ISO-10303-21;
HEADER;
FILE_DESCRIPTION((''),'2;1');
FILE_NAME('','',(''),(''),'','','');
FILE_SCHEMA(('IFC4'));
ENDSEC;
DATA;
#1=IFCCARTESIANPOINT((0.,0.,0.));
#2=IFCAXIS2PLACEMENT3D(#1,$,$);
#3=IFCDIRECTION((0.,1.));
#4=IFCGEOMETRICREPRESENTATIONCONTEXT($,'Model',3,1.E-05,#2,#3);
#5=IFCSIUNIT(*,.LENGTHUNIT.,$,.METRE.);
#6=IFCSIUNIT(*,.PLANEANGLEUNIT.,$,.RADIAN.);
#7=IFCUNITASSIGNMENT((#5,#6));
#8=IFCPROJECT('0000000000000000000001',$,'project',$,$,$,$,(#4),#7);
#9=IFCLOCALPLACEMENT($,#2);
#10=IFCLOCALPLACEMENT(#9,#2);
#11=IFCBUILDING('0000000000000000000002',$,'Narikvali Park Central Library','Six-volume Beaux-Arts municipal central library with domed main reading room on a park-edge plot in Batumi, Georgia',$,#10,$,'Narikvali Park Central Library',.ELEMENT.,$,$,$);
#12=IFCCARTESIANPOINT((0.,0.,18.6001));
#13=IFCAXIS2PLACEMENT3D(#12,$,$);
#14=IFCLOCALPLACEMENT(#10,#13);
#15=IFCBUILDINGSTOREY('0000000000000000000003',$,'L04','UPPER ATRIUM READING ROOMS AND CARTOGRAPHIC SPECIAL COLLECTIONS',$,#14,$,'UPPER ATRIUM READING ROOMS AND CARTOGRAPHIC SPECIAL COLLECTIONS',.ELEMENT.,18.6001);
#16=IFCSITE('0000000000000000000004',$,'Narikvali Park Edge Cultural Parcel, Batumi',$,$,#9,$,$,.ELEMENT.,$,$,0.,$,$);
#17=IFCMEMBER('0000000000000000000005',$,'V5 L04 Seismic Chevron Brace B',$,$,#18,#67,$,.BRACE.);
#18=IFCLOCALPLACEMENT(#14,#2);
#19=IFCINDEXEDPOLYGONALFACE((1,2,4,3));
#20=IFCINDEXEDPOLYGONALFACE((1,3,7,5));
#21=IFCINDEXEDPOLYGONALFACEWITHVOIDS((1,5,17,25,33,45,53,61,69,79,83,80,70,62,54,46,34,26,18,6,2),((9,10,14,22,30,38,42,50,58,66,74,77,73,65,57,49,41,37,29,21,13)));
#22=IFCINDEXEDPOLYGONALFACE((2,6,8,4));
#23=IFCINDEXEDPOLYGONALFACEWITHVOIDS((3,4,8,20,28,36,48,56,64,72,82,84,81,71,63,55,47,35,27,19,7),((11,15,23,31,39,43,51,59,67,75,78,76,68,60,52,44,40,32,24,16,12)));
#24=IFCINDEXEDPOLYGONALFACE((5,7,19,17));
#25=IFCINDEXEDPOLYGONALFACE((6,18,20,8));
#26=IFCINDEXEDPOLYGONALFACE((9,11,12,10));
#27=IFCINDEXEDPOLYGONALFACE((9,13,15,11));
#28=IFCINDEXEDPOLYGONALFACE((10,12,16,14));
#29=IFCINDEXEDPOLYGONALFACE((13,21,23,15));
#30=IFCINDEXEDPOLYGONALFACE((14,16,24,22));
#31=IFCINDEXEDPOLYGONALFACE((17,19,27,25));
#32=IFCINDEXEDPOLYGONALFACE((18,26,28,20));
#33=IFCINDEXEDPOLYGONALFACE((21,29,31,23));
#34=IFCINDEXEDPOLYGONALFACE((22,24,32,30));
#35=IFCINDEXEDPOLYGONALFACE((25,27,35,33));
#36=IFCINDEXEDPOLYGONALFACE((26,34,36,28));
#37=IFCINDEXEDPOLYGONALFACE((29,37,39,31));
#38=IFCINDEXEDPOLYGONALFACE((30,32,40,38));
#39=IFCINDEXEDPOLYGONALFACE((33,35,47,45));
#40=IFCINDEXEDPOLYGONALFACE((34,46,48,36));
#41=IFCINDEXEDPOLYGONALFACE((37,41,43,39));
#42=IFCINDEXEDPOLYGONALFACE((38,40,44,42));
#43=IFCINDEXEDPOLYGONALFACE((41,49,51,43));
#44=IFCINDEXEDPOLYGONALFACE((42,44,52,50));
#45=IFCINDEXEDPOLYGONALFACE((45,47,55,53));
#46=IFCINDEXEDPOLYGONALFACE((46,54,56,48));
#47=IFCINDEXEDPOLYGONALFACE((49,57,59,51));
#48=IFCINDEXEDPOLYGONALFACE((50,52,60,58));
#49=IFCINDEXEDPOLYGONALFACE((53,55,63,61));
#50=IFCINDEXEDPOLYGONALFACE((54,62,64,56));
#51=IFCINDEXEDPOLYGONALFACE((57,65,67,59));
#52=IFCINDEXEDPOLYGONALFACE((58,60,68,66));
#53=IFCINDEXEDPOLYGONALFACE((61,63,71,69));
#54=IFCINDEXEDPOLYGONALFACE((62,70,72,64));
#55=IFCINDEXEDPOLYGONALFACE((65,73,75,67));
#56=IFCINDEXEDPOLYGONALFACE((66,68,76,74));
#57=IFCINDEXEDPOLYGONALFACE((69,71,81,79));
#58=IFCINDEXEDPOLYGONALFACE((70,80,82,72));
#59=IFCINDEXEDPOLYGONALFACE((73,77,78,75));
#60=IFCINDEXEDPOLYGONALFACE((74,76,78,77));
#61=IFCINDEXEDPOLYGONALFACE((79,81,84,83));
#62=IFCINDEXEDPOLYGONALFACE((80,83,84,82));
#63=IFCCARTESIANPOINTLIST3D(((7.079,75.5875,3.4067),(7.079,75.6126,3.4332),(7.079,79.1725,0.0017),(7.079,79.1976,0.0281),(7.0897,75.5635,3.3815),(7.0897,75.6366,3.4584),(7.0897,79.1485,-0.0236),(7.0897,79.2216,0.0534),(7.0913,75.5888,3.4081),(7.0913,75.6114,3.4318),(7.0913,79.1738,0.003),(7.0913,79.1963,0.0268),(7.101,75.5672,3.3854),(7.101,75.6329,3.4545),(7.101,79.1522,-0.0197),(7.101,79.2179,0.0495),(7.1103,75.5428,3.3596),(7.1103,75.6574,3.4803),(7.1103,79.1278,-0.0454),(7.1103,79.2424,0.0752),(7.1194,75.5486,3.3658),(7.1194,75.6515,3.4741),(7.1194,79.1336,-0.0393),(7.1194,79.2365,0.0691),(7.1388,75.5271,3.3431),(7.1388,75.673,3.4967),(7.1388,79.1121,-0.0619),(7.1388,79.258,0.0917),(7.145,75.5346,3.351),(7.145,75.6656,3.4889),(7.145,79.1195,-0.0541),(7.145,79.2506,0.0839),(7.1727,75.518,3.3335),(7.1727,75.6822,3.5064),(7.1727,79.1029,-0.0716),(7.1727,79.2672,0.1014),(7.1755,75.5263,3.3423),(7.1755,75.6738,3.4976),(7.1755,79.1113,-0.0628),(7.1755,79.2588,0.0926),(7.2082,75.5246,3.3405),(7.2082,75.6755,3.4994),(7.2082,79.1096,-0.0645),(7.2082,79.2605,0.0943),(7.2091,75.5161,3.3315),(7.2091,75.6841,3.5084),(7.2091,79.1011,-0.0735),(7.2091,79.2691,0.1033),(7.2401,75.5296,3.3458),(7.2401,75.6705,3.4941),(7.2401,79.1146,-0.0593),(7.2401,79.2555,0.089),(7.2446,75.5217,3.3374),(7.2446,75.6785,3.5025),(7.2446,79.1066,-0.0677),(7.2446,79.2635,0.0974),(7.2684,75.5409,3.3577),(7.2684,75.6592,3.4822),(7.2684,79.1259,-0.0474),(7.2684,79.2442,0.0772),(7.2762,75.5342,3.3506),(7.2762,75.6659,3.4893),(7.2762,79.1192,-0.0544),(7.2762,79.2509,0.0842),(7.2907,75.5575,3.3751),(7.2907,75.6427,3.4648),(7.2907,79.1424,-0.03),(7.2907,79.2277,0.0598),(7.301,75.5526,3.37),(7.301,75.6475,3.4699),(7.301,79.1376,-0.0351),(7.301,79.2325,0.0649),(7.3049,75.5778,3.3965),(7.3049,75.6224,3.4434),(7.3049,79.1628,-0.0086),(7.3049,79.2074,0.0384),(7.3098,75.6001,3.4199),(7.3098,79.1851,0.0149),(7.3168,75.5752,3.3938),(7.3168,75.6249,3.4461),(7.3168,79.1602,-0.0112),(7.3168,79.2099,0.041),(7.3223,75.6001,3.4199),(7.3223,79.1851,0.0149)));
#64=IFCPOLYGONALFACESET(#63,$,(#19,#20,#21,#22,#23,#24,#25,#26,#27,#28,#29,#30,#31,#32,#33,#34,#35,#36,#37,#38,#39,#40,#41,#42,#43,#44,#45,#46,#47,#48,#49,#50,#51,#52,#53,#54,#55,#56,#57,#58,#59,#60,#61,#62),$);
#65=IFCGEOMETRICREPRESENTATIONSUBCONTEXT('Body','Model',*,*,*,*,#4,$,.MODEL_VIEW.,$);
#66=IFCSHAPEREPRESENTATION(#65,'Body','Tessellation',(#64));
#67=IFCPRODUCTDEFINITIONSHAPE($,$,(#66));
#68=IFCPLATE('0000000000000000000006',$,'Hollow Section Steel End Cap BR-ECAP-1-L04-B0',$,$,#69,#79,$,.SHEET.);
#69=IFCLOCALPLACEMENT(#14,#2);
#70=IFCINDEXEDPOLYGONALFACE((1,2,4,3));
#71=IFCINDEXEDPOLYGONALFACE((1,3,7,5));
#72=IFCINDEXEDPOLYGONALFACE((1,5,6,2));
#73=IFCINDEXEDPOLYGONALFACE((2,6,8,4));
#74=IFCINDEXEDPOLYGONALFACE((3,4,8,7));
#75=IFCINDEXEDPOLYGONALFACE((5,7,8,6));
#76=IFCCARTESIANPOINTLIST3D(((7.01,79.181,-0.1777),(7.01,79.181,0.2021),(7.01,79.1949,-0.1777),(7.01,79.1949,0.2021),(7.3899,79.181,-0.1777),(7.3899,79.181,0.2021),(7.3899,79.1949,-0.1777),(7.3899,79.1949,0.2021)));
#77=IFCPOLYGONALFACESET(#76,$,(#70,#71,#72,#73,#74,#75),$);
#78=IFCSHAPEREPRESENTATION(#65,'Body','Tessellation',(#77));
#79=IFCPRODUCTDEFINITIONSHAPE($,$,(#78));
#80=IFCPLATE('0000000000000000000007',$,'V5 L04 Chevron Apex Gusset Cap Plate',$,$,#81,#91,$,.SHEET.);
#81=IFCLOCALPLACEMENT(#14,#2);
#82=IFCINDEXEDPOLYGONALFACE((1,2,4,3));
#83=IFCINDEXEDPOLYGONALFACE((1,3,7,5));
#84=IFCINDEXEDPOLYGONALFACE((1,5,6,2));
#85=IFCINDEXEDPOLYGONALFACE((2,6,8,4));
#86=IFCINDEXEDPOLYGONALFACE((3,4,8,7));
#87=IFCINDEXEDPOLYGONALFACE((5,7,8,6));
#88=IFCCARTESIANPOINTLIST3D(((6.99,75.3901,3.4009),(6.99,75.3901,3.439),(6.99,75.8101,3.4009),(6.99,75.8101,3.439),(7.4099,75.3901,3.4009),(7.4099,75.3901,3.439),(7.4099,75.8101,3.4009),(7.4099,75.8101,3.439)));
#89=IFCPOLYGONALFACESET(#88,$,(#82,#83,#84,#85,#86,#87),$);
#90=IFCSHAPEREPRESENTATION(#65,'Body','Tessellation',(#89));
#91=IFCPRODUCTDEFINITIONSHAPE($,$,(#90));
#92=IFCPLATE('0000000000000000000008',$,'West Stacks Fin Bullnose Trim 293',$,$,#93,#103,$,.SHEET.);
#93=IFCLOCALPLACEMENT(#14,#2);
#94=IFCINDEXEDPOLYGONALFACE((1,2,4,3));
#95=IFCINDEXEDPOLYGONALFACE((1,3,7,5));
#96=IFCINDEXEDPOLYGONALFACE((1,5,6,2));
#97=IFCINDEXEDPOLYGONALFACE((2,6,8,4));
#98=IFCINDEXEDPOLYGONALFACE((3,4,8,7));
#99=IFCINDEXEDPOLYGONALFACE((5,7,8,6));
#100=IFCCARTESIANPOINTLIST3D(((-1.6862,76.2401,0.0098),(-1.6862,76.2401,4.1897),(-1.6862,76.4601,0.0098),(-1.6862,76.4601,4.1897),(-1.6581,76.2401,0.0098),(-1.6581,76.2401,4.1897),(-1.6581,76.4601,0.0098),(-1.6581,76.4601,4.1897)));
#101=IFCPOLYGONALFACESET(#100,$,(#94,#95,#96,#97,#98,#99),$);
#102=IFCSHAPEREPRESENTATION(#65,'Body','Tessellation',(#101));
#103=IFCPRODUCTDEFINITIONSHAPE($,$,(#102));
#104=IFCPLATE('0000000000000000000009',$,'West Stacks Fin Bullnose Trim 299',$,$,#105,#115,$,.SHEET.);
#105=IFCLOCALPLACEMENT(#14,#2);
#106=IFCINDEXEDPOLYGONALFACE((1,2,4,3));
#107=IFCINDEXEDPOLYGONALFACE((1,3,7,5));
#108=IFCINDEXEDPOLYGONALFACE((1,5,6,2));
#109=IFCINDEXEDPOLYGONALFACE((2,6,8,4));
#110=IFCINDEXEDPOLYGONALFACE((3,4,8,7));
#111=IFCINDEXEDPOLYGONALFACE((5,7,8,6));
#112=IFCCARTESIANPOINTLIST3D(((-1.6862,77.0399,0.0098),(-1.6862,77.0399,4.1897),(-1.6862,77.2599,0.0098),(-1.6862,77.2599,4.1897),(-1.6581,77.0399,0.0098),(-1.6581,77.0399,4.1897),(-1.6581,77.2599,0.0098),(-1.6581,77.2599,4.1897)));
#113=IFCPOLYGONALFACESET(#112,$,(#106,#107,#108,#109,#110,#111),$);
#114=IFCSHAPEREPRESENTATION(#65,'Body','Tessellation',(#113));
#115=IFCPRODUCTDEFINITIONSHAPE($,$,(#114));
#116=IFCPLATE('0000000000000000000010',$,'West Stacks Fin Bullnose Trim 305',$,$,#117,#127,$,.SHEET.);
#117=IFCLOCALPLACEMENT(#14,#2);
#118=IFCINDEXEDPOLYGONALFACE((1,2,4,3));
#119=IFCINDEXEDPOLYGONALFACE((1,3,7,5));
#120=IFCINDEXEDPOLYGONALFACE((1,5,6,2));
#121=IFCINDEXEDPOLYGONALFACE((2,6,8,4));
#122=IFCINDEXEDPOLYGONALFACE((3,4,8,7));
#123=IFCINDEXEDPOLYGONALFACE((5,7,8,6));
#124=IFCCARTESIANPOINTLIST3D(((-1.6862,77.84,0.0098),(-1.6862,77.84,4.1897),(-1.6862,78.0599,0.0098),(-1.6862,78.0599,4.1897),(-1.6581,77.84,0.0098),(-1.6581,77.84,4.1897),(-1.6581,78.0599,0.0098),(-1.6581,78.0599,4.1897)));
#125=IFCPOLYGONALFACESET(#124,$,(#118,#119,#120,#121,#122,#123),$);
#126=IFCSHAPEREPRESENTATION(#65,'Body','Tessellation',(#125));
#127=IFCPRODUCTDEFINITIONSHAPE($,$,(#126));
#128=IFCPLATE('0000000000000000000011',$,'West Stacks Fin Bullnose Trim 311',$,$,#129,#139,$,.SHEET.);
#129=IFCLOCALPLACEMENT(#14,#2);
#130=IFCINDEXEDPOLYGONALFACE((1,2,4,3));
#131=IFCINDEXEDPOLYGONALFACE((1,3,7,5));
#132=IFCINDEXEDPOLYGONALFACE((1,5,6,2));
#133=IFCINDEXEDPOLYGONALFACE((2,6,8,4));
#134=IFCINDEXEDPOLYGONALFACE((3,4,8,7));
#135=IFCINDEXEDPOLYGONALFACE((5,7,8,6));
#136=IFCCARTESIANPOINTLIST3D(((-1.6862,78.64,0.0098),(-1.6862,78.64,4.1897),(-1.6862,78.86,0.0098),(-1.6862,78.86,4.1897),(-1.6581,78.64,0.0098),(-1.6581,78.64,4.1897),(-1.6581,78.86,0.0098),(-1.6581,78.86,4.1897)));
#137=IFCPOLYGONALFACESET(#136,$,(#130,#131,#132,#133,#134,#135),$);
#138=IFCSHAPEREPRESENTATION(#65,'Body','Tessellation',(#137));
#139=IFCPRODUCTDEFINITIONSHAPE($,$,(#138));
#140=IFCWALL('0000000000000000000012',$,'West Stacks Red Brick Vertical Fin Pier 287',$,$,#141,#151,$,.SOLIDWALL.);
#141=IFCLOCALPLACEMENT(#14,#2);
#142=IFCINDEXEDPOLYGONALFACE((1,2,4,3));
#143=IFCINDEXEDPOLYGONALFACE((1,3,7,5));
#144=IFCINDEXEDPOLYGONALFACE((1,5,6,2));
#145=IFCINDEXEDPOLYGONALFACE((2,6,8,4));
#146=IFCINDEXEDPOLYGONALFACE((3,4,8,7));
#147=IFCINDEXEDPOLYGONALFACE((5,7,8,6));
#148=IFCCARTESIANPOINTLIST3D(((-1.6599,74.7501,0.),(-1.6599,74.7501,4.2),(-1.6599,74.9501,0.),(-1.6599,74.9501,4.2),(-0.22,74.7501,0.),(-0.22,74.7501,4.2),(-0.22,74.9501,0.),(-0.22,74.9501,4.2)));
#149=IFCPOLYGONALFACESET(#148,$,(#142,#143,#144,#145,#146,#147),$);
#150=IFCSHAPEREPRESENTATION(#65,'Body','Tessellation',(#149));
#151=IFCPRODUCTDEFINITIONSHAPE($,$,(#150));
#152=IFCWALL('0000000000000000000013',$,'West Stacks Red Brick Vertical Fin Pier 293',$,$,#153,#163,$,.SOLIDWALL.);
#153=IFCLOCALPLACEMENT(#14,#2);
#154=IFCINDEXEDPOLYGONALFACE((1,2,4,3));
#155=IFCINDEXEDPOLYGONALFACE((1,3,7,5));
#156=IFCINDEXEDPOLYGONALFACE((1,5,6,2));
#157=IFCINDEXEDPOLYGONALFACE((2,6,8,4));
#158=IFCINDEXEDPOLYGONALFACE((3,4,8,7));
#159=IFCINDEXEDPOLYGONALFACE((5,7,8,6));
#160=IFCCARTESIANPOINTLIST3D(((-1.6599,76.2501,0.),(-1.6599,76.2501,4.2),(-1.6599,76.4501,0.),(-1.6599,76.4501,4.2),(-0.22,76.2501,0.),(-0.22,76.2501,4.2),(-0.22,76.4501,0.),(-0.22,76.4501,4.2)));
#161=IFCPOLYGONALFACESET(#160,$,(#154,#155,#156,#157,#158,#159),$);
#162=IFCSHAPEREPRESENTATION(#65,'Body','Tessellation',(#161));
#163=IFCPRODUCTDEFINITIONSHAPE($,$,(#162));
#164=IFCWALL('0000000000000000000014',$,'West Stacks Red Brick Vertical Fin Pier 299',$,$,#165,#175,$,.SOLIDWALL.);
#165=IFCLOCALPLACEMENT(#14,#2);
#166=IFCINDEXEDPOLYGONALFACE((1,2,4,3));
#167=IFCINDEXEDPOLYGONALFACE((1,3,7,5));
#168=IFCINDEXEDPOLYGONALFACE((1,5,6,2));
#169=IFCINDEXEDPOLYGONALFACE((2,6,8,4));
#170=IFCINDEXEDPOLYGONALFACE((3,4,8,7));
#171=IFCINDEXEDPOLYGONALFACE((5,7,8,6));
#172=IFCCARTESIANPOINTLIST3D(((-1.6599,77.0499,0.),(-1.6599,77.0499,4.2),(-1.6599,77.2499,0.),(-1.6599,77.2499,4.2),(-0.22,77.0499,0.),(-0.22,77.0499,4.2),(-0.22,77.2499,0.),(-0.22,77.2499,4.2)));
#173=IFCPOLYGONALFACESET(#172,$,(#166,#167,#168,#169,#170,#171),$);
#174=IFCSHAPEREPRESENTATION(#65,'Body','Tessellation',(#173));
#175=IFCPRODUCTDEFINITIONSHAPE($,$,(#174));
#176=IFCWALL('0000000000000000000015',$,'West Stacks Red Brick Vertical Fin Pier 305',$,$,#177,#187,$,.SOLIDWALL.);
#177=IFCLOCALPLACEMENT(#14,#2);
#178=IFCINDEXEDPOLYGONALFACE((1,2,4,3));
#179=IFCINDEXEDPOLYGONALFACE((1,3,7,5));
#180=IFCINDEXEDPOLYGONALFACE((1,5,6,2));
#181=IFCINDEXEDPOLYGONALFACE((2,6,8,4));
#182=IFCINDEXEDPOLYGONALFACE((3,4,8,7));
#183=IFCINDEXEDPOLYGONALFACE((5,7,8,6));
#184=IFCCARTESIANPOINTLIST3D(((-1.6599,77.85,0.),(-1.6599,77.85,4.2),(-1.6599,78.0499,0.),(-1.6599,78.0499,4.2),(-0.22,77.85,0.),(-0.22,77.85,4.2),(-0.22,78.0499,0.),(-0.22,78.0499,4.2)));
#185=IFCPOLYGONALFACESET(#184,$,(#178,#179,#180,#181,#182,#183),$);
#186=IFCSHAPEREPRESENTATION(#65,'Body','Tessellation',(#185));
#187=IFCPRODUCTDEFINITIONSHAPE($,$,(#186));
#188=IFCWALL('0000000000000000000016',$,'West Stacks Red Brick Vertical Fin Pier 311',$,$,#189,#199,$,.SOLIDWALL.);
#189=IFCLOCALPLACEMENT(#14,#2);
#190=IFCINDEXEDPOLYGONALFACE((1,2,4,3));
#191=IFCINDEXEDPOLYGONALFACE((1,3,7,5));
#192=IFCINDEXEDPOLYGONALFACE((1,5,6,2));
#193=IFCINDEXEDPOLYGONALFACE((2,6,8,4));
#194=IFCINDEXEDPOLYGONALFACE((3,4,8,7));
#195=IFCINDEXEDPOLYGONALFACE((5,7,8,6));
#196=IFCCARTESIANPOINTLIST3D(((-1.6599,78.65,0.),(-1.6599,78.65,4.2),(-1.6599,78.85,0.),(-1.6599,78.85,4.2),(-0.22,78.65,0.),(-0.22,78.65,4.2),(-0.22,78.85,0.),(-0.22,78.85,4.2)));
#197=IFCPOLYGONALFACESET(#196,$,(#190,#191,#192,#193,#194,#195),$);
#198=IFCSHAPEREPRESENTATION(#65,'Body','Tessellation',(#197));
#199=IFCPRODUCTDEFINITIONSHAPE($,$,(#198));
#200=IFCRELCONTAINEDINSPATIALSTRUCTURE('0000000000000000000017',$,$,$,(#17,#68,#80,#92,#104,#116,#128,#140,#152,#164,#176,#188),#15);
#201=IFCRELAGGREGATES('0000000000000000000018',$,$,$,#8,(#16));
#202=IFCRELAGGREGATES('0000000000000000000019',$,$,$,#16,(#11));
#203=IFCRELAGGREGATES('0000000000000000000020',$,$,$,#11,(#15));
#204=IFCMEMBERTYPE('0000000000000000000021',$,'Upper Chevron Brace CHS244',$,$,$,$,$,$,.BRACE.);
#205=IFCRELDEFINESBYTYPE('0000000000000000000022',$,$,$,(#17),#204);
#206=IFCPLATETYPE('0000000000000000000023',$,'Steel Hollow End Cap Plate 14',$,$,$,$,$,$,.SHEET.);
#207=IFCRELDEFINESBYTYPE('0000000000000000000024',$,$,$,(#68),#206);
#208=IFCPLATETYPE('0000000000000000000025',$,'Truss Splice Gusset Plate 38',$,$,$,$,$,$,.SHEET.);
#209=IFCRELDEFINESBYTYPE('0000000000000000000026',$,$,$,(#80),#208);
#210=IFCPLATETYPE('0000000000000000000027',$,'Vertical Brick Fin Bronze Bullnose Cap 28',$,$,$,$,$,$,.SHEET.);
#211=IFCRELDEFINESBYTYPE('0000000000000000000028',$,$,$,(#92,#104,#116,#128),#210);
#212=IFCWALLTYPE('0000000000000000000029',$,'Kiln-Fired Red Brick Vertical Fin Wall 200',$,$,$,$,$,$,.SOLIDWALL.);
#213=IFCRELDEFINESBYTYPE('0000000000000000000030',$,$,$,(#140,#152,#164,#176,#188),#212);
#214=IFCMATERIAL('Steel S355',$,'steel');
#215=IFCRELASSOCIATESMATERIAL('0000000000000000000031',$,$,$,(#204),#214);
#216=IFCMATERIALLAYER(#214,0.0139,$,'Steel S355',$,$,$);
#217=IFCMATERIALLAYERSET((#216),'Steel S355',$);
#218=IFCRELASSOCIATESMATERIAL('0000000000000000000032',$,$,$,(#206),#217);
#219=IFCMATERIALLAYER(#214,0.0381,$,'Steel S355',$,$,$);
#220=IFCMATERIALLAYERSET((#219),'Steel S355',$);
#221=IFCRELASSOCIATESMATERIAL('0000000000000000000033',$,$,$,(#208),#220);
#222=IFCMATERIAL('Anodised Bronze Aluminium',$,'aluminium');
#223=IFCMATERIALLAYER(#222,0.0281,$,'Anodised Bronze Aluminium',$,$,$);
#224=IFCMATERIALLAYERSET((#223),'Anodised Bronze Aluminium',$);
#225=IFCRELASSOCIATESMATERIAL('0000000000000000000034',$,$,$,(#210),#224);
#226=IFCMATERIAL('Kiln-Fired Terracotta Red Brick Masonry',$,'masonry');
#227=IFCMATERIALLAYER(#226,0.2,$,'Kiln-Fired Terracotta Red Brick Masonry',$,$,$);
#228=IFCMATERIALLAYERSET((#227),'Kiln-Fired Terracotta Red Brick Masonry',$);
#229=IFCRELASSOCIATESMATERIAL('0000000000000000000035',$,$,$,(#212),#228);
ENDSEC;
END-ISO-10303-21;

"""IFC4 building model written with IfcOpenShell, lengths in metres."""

from ifc_helpers import new_model, si_unit, direction, frame, frame_2d, origin, origin_2d, place, context, subcontext, project, spatial, rectangle, hollow_circle, extrude, material, layer, layer_set, material_profile, profile_set, type_object, element, save


model = new_model("IFC4")

# Units and contexts
model_context = context("Model", 3, precision=1e-05, world=origin(), true_north=direction((0.0, 1.0)))
body_context = subcontext(model_context, "Body", "Model", "MODEL_VIEW")
ifc_project = project(units=[si_unit("LENGTHUNIT", "METRE"), si_unit("PLANEANGLEUNIT", "RADIAN")], contexts=[model_context])

# Site, building, storey
site_placement = place(None, origin())
site = spatial("IfcSite", under=ifc_project, at=site_placement, Name="Narikvali Park Edge Cultural Parcel, Batumi", CompositionType="ELEMENT", RefElevation=0.0)
building_placement = place(site_placement, origin())
building = spatial("IfcBuilding", under=site, at=building_placement, Name="Narikvali Park Central Library", Description="Six-volume Beaux-Arts municipal central library with domed main reading room on a park-edge plot in Batumi, Georgia", LongName="Narikvali Park Central Library", CompositionType="ELEMENT")
storey_placement = place(building_placement, frame((0.0, 0.0, 18.6001)))
storey = spatial("IfcBuildingStorey", under=building, at=storey_placement, Name="L04", Description="UPPER ATRIUM READING ROOMS AND CARTOGRAPHIC SPECIAL COLLECTIONS", LongName="UPPER ATRIUM READING ROOMS AND CARTOGRAPHIC SPECIAL COLLECTIONS", CompositionType="ELEMENT", Elevation=18.6001)

# Shared definitions
ifc_material_1 = material(Name="Steel S355", Category="steel")

# Member
ifc_material_profile_1 = material_profile(ifc_material_1, hollow_circle(Radius=0.1223, WallThickness=0.0125, at=origin_2d()), Name="CHS 244.5x12.5")
ifc_profile_set_1 = profile_set([ifc_material_profile_1], Name="Steel S355")
member_type = type_object("IfcMemberType", Name="Upper Chevron Brace CHS244", PredefinedType="BRACE", material=ifc_profile_set_1)
member_placement = place(storey_placement, frame((7.2, 79.1851, 0.0149), z_axis=(0.0, -0.725068, 0.688677), x_axis=(1.0, 0.0, 0.0)))
element("IfcMember", 1, at=member_placement, inside=storey, type_object=member_type, Name="V5 L04 Seismic Chevron Brace B", PredefinedType="BRACE", context=body_context, shape_type="SweptSolid", body=[
    extrude(hollow_circle(Radius=0.1223, WallThickness=0.0125, at=origin_2d()), origin(), (0.0, 0.0, 1.0), 4.9443),
])

# Plates
ifc_layer_1 = layer(ifc_material_1, 0.0139, Name="Steel S355")
ifc_layer_set_1 = layer_set([ifc_layer_1], Name="Steel S355")
plate_type_1 = type_object("IfcPlateType", Name="Steel Hollow End Cap Plate 14", PredefinedType="SHEET", material=ifc_layer_set_1)
plate_1_placement = place(storey_placement, frame((7.2, 79.188, -0.1777), z_axis=(0.0, 0.0, 1.0), x_axis=(1.0, 0.0, 0.0)))
element("IfcPlate", 2, at=plate_1_placement, inside=storey, type_object=plate_type_1, Name="Hollow Section Steel End Cap BR-ECAP-1-L04-B0", PredefinedType="SHEET", context=body_context, shape_type="SweptSolid", body=[
    extrude(rectangle(XDim=0.3799, YDim=0.0139, at=origin_2d()), origin(), (0.0, 0.0, 1.0), 0.3799),
])
ifc_layer_2 = layer(ifc_material_1, 0.0381, Name="Steel S355")
ifc_layer_set_2 = layer_set([ifc_layer_2], Name="Steel S355")
plate_type_2 = type_object("IfcPlateType", Name="Truss Splice Gusset Plate 38", PredefinedType="SHEET", material=ifc_layer_set_2)
plate_2_placement = place(storey_placement, frame((7.2, 75.6001, 3.4009), z_axis=(0.0, 0.0, 1.0), x_axis=(1.0, 0.0, 0.0)))
element("IfcPlate", 3, at=plate_2_placement, inside=storey, type_object=plate_type_2, Name="V5 L04 Chevron Apex Gusset Cap Plate", PredefinedType="SHEET", context=body_context, shape_type="SweptSolid", body=[
    extrude(rectangle(XDim=0.4199, YDim=0.4199, at=origin_2d()), origin(), (0.0, 0.0, 1.0), 0.0381),
])
ifc_material_2 = material(Name="Anodised Bronze Aluminium", Category="aluminium")
ifc_layer_3 = layer(ifc_material_2, 0.0281, Name="Anodised Bronze Aluminium")
ifc_layer_set_3 = layer_set([ifc_layer_3], Name="Anodised Bronze Aluminium")
plate_type_3 = type_object("IfcPlateType", Name="Vertical Brick Fin Bronze Bullnose Cap 28", PredefinedType="SHEET", material=ifc_layer_set_3)
for number, where, z_axis, x_axis, name in (
    (4, (-1.6721, 76.3501, 0.0098), (0.0, 0.0, 1.0), (1.0, 0.0, 0.0), "West Stacks Fin Bullnose Trim 293"),
    (5, (-1.6721, 77.1499, 0.0098), (0.0, 0.0, 1.0), (1.0, 0.0, 0.0), "West Stacks Fin Bullnose Trim 299"),
    (6, (-1.6721, 77.95, 0.0098), (0.0, 0.0, 1.0), (1.0, 0.0, 0.0), "West Stacks Fin Bullnose Trim 305"),
    (7, (-1.6721, 78.75, 0.0098), (0.0, 0.0, 1.0), (1.0, 0.0, 0.0), "West Stacks Fin Bullnose Trim 311"),
):
    element("IfcPlate", number, at=place(storey_placement, frame(where, z_axis=z_axis, x_axis=x_axis)), inside=storey, type_object=plate_type_3, Name=name, PredefinedType="SHEET", context=body_context, shape_type="SweptSolid", body=[
        extrude(rectangle(XDim=0.0281, YDim=0.22, at=origin_2d()), origin(), (0.0, 0.0, 1.0), 4.1799),
    ])

# Walls
ifc_material_3 = material(Name="Kiln-Fired Terracotta Red Brick Masonry", Category="masonry")
ifc_layer_4 = layer(ifc_material_3, 0.2, Name="Kiln-Fired Terracotta Red Brick Masonry")
ifc_layer_set_4 = layer_set([ifc_layer_4], Name="Kiln-Fired Terracotta Red Brick Masonry")
wall_type_1 = type_object("IfcWallType", Name="Kiln-Fired Red Brick Vertical Fin Wall 200", PredefinedType="SOLIDWALL", material=ifc_layer_set_4)
for number, where, z_axis, x_axis, name in (
    (8, (-1.6599, 74.8501, 0.0), (0.0, 0.0, 1.0), (1.0, 0.0, 0.0), "West Stacks Red Brick Vertical Fin Pier 287"),
    (9, (-1.6599, 76.3501, 0.0), (0.0, 0.0, 1.0), (1.0, 0.0, 0.0), "West Stacks Red Brick Vertical Fin Pier 293"),
    (10, (-1.6599, 77.1499, 0.0), (0.0, 0.0, 1.0), (1.0, 0.0, 0.0), "West Stacks Red Brick Vertical Fin Pier 299"),
    (11, (-1.6599, 77.95, 0.0), (0.0, 0.0, 1.0), (1.0, 0.0, 0.0), "West Stacks Red Brick Vertical Fin Pier 305"),
    (12, (-1.6599, 78.75, 0.0), (0.0, 0.0, 1.0), (1.0, 0.0, 0.0), "West Stacks Red Brick Vertical Fin Pier 311"),
):
    element("IfcWall", number, at=place(storey_placement, frame(where, z_axis=z_axis, x_axis=x_axis)), inside=storey, type_object=wall_type_1, Name=name, PredefinedType="SOLIDWALL", context=body_context, shape_type="SweptSolid", body=[
        extrude(rectangle(XDim=1.4399, YDim=0.2, at=frame_2d((0.72, 0.0))), origin(), (0.0, 0.0, 1.0), 4.2),
    ])

save(model, "model.ifc")
